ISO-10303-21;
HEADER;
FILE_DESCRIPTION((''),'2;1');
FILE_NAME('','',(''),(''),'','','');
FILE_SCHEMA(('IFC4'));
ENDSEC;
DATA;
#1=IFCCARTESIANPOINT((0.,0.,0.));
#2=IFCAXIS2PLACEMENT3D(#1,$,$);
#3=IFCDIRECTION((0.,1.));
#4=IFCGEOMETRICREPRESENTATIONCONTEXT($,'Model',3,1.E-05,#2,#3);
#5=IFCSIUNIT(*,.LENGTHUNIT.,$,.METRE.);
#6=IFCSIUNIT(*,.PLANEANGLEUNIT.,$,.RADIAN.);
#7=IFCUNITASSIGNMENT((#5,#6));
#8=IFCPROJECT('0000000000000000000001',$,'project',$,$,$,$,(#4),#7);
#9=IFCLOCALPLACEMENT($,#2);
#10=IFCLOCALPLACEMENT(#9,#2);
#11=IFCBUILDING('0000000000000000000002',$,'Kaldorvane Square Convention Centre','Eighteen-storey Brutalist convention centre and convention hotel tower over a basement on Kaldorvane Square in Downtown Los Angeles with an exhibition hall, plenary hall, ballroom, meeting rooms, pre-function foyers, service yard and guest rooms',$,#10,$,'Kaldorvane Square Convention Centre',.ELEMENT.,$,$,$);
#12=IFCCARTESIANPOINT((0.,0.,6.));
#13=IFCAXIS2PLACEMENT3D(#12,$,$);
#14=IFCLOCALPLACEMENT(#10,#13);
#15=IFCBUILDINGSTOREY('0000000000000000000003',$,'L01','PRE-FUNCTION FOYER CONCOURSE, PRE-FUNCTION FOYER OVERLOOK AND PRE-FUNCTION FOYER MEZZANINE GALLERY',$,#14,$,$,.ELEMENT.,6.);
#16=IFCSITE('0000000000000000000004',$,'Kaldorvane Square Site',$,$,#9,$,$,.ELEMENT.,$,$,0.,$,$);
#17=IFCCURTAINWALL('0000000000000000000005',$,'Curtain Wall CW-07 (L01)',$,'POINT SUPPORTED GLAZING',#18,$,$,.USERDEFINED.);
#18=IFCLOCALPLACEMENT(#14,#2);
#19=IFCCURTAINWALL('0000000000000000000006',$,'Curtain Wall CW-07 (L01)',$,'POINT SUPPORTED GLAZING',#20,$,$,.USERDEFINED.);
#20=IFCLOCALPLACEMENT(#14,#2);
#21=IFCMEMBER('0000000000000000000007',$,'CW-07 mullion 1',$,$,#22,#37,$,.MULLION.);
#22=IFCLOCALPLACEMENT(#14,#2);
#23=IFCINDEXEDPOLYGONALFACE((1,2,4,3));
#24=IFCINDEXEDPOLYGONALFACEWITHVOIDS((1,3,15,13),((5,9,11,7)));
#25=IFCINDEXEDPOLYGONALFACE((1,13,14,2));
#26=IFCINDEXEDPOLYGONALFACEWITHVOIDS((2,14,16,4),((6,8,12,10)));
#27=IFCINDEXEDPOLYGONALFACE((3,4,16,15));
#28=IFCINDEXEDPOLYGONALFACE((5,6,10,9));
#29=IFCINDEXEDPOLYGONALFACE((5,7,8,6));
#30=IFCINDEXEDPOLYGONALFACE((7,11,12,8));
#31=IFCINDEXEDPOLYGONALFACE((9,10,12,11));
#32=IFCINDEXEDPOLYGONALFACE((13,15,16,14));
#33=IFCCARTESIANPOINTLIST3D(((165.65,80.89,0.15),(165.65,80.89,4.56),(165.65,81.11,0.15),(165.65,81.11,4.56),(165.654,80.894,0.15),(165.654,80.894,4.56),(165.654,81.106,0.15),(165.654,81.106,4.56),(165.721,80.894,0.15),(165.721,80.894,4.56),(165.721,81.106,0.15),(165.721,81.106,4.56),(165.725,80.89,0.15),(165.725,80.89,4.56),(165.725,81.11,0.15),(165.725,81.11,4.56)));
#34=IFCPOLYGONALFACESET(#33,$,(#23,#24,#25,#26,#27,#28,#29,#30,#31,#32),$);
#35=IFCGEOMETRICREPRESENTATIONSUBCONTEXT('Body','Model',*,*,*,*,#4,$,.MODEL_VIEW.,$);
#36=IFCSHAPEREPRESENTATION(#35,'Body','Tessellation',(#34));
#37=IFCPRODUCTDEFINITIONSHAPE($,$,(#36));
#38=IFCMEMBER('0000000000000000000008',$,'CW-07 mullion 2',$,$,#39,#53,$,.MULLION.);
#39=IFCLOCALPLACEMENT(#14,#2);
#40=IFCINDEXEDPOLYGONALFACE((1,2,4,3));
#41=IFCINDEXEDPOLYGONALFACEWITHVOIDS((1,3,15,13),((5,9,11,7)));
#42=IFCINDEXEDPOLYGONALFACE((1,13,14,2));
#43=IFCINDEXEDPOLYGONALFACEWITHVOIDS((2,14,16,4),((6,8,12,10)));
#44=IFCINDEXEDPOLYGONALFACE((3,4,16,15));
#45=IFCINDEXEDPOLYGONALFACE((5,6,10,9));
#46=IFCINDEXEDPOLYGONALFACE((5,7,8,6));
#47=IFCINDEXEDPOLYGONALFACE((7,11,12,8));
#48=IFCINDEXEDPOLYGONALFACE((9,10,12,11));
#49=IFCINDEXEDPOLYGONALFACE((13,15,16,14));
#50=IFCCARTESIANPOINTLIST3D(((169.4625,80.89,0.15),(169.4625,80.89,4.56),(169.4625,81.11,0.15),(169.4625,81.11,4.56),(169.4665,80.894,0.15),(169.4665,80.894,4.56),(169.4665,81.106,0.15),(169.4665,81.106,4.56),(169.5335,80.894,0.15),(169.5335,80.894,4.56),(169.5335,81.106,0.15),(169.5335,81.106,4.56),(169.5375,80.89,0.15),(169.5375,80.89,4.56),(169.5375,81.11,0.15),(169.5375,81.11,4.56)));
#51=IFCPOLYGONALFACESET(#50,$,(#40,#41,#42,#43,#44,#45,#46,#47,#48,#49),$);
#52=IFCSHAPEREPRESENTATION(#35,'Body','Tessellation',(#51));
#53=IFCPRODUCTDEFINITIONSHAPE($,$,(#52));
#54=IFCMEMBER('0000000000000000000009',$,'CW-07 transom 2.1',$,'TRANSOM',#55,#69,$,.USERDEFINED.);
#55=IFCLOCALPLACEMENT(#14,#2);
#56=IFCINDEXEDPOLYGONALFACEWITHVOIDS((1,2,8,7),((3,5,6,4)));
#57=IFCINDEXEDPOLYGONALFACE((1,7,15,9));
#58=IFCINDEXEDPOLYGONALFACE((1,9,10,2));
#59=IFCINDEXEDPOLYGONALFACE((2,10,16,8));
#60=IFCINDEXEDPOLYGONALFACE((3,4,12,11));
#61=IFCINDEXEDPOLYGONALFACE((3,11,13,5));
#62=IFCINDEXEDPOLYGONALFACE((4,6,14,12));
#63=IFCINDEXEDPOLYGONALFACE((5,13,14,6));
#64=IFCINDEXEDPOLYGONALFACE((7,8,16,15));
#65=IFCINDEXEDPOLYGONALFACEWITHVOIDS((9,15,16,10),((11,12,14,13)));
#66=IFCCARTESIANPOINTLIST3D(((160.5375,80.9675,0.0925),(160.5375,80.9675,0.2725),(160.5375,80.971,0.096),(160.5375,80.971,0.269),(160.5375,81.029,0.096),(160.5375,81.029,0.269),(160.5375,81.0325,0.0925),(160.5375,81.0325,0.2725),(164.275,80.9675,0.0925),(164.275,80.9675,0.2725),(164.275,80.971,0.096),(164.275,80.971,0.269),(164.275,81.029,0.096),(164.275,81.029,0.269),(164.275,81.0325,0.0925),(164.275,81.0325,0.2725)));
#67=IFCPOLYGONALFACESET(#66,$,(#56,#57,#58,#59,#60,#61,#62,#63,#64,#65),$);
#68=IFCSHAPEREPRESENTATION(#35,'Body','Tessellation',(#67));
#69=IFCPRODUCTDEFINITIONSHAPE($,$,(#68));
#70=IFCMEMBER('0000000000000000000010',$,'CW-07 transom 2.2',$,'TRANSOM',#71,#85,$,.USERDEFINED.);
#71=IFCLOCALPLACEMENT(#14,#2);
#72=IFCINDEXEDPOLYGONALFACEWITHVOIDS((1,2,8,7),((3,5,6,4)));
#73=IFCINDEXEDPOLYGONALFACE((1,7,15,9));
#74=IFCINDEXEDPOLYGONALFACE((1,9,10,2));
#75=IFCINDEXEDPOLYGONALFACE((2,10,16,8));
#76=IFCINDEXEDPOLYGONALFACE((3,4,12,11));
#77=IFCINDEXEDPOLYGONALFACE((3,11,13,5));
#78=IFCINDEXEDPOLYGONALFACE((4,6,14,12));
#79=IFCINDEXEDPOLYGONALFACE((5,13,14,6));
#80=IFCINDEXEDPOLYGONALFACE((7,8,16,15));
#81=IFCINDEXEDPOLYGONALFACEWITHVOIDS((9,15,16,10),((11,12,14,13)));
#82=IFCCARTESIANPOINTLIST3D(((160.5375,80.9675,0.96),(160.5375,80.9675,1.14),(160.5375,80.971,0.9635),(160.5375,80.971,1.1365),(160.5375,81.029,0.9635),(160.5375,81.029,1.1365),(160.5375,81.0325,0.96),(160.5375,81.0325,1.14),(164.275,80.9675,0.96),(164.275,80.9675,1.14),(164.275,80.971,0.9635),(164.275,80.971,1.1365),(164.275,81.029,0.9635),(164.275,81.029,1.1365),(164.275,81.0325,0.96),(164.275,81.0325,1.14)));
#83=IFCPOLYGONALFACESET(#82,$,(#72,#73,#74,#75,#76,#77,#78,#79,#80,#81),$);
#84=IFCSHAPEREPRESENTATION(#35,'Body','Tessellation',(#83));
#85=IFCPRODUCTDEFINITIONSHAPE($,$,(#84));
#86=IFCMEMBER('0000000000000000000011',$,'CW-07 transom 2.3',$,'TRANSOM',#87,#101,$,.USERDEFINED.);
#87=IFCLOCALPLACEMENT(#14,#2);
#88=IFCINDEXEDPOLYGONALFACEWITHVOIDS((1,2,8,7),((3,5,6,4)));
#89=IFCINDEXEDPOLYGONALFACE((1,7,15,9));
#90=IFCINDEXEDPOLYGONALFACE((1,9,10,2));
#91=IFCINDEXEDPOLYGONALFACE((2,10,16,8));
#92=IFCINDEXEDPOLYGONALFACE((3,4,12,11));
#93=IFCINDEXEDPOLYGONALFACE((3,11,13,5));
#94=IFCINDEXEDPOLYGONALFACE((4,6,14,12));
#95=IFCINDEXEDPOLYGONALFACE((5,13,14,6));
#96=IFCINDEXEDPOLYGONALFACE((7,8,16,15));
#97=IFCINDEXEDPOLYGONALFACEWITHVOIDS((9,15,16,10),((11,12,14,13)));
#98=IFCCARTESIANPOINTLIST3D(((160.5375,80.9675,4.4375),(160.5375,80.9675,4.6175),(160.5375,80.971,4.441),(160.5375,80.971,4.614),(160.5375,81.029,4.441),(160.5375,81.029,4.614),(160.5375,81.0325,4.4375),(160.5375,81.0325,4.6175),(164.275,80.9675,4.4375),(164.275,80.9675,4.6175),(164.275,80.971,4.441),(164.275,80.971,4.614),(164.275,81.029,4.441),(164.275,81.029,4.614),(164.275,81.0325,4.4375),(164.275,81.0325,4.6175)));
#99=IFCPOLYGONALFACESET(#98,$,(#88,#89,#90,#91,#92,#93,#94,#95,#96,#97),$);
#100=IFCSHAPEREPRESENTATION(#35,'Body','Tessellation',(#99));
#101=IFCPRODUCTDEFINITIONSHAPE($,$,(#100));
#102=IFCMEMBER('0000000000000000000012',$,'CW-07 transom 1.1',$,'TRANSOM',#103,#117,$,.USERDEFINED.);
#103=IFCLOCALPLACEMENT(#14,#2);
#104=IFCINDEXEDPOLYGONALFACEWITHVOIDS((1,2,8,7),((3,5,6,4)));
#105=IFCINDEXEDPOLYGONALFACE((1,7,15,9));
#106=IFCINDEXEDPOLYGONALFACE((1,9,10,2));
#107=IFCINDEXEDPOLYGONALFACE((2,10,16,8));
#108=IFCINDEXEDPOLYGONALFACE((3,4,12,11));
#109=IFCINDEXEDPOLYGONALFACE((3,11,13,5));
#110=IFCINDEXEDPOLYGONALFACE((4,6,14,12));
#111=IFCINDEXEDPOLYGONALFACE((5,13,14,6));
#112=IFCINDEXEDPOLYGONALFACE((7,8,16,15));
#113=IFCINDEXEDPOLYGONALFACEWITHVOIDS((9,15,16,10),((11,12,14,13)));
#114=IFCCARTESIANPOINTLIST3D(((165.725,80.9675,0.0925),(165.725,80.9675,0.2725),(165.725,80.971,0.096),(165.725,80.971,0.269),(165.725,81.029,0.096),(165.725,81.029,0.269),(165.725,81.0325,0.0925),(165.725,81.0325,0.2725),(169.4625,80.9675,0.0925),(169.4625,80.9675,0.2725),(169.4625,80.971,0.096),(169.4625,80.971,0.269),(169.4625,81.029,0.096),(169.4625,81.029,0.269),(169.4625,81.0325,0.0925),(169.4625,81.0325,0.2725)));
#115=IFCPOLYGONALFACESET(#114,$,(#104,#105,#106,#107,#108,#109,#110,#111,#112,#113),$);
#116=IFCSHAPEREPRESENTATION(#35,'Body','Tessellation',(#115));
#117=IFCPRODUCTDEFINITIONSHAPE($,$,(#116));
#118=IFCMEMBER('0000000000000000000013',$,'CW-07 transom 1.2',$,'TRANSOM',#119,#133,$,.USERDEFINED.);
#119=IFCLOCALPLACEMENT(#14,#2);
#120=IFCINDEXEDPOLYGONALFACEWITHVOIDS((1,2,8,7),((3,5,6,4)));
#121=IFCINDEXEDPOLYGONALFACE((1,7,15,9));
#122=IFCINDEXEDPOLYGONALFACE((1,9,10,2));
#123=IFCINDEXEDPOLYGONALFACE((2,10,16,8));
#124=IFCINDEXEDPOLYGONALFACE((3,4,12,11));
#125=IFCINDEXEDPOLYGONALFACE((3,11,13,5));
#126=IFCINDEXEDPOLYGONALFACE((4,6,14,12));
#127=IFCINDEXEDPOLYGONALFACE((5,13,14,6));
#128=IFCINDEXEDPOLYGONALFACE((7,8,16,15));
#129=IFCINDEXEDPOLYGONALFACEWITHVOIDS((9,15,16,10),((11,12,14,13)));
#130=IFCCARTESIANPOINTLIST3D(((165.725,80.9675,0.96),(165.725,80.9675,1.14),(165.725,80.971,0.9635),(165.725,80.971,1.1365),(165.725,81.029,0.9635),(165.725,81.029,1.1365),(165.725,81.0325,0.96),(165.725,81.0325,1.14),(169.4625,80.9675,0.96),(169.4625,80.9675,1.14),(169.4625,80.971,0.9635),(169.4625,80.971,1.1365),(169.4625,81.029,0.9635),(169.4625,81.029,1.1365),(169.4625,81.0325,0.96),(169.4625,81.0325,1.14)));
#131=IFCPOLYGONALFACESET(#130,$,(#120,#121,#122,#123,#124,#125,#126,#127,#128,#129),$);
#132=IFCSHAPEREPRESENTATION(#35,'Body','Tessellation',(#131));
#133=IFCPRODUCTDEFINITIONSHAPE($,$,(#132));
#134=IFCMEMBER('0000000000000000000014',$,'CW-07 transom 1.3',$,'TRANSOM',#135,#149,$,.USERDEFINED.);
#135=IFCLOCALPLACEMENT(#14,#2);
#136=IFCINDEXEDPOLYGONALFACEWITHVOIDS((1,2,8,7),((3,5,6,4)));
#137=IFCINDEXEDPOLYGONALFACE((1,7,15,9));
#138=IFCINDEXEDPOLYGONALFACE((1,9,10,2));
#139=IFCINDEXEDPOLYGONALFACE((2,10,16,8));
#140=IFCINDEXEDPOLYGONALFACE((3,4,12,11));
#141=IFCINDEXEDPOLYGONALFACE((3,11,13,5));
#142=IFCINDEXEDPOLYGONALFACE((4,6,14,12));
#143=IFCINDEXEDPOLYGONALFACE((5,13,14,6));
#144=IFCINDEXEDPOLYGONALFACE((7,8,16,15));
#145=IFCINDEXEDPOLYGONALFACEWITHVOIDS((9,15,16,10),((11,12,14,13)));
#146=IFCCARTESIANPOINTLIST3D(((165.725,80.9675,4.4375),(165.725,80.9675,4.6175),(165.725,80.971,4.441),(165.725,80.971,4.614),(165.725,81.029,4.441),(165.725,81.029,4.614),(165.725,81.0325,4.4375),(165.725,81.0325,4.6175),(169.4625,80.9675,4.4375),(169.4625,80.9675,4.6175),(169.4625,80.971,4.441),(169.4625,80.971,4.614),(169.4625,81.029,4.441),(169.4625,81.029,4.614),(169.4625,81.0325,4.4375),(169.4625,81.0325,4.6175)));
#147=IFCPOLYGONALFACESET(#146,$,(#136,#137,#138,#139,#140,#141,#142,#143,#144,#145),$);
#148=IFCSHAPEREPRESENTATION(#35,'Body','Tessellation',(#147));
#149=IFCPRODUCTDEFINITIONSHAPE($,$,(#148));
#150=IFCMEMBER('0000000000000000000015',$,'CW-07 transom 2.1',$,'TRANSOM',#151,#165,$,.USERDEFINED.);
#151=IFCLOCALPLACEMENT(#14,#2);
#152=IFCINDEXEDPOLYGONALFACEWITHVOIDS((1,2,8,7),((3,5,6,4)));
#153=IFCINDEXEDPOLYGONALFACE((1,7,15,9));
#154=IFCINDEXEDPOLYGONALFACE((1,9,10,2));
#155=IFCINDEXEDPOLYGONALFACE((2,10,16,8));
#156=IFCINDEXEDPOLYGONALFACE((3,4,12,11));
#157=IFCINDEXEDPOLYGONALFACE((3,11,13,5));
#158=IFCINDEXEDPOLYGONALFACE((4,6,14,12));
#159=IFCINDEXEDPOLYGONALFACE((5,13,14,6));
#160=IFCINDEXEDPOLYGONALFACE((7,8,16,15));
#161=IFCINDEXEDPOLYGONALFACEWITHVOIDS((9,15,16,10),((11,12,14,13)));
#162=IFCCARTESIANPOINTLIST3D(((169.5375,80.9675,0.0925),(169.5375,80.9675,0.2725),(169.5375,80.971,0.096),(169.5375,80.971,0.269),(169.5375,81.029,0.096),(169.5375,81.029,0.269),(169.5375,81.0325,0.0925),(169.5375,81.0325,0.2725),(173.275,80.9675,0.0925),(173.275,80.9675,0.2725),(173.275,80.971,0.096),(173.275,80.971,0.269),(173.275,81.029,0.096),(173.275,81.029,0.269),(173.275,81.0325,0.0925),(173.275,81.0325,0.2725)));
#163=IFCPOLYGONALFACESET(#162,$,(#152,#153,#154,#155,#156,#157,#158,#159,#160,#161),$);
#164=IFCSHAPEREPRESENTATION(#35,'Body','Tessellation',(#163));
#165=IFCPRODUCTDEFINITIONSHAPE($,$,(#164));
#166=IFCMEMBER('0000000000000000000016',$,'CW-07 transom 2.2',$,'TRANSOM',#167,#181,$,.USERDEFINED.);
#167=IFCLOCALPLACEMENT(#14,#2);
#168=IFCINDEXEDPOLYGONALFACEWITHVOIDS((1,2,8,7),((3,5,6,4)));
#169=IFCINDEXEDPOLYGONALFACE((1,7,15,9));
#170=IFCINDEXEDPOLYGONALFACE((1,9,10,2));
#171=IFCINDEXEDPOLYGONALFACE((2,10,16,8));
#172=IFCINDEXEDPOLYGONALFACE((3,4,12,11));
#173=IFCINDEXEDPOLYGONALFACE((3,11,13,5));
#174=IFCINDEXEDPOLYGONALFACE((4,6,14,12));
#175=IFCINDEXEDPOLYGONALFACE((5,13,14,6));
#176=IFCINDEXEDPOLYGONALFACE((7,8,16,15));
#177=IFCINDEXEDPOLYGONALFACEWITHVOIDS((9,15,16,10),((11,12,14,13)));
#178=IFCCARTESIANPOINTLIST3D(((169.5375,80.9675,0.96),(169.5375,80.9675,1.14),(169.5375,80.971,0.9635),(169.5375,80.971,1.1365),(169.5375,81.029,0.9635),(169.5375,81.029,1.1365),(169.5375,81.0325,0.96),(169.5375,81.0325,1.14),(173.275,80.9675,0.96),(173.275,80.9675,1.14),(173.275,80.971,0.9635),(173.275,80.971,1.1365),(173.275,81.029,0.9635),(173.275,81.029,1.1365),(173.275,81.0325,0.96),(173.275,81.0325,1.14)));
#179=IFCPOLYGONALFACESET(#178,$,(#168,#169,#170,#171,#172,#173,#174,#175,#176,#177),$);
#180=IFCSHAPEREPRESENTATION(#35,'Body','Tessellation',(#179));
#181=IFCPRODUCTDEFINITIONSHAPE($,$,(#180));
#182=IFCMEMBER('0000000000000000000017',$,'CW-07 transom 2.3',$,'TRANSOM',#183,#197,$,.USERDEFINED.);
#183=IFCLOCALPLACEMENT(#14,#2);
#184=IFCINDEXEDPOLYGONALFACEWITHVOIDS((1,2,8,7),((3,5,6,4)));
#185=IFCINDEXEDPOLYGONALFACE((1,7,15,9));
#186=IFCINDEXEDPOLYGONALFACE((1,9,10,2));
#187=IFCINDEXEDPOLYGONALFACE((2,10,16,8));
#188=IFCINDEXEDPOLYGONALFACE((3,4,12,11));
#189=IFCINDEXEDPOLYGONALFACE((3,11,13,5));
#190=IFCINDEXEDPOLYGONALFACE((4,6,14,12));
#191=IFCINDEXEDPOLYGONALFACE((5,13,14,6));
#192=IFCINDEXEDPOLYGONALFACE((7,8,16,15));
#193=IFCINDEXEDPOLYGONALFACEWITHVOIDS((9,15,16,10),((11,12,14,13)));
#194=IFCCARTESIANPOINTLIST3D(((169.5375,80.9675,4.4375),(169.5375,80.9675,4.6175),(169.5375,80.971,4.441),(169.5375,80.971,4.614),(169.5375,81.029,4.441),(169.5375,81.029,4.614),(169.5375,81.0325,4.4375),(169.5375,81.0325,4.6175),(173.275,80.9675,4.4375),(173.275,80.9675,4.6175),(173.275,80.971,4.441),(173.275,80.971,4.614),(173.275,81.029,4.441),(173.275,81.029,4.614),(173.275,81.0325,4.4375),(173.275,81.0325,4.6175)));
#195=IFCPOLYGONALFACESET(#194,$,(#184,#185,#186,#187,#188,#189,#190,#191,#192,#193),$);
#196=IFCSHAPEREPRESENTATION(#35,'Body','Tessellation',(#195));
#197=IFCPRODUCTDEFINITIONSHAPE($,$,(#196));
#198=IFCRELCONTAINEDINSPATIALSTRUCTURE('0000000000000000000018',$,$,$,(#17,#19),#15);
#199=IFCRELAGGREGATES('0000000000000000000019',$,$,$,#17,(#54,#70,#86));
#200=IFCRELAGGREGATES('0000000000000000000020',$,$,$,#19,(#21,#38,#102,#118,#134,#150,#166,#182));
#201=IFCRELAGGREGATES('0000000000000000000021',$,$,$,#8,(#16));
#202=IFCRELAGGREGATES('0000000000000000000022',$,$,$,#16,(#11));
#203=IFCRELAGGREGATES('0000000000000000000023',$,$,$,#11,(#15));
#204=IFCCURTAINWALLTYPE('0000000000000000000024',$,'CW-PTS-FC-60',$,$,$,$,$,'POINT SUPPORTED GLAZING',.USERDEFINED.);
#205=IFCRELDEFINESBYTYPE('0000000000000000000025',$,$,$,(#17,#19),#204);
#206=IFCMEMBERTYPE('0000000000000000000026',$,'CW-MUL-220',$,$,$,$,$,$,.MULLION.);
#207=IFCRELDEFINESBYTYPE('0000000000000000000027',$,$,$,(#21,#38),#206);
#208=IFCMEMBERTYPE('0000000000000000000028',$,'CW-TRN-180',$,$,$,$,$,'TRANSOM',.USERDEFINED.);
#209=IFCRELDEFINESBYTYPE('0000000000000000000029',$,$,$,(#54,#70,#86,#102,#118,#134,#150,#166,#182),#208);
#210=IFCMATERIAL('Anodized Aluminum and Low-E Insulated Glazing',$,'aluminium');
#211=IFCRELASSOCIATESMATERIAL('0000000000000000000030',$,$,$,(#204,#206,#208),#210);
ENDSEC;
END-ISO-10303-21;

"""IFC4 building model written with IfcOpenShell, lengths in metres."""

from ifc_helpers import new_model, si_unit, direction, frame, origin, origin_2d, place, context, subcontext, project, spatial, hollow_rectangle, extrude, material, material_profile, profile_set, type_object, element, aggregate, save


model = new_model("IFC4")

# Units and contexts
model_context = context("Model", 3, precision=1e-05, world=origin(), true_north=direction((0.0, 1.0)))
body_context = subcontext(model_context, "Body", "Model", "MODEL_VIEW")
ifc_project = project(units=[si_unit("LENGTHUNIT", "METRE"), si_unit("PLANEANGLEUNIT", "RADIAN")], contexts=[model_context])

# Site, building, storey
site_placement = place(None, origin())
site = spatial("IfcSite", under=ifc_project, at=site_placement, Name="Kaldorvane Square Site", CompositionType="ELEMENT", RefElevation=0.0)
building_placement = place(site_placement, origin())
building = spatial("IfcBuilding", under=site, at=building_placement, Name="Kaldorvane Square Convention Centre", Description="Eighteen-storey Brutalist convention centre and convention hotel tower over a basement on Kaldorvane Square in Downtown Los Angeles with an exhibition hall, plenary hall, ballroom, meeting rooms, pre-function foyers, service yard and guest rooms", LongName="Kaldorvane Square Convention Centre", CompositionType="ELEMENT")
storey_placement = place(building_placement, frame((0.0, 0.0, 6.0)))
storey = spatial("IfcBuildingStorey", under=building, at=storey_placement, Name="L01", Description="PRE-FUNCTION FOYER CONCOURSE, PRE-FUNCTION FOYER OVERLOOK AND PRE-FUNCTION FOYER MEZZANINE GALLERY", CompositionType="ELEMENT", Elevation=6.0)

# Curtain walls, members
ifc_material_1 = material(Name="Anodized Aluminum and Low-E Insulated Glazing", Category="aluminium")
curtain_wall_type = type_object("IfcCurtainWallType", Name="CW-PTS-FC-60", ElementType="POINT SUPPORTED GLAZING", PredefinedType="USERDEFINED", material=ifc_material_1)
curtain_wall_1_placement = place(storey_placement, origin())
curtain_wall_1 = element("IfcCurtainWall", 1, at=curtain_wall_1_placement, inside=storey, type_object=curtain_wall_type, Name="Curtain Wall CW-07 (L01)", ObjectType="POINT SUPPORTED GLAZING", PredefinedType="USERDEFINED")
ifc_material_profile_1 = material_profile(ifc_material_1, hollow_rectangle(XDim=0.075, YDim=0.22, WallThickness=0.004, at=origin_2d()), Name="CWM-220X75")
ifc_profile_set_1 = profile_set([ifc_material_profile_1], Name="Anodized Aluminum and Low-E Insulated Glazing")
member_type_1 = type_object("IfcMemberType", Name="CW-MUL-220", PredefinedType="MULLION", material=ifc_profile_set_1)
curtain_wall_2_placement = place(storey_placement, origin())
curtain_wall_2 = element("IfcCurtainWall", 2, at=curtain_wall_2_placement, inside=storey, type_object=curtain_wall_type, Name="Curtain Wall CW-07 (L01)", ObjectType="POINT SUPPORTED GLAZING", PredefinedType="USERDEFINED")
member_1_placement = place(storey_placement, frame((165.6875, 81.0, 0.15), z_axis=(0.0, 0.0, 1.0), x_axis=(1.0, 0.0, 0.0)))
member_1 = element("IfcMember", 3, at=member_1_placement, type_object=member_type_1, Name="CW-07 mullion 1", PredefinedType="MULLION", context=body_context, shape_type="SweptSolid", body=[
    extrude(hollow_rectangle(XDim=0.075, YDim=0.22, WallThickness=0.004, at=origin_2d()), origin(), (0.0, 0.0, 1.0), 4.41),
])
member_2_placement = place(storey_placement, frame((169.5, 81.0, 0.15), z_axis=(0.0, 0.0, 1.0), x_axis=(1.0, 0.0, 0.0)))
member_2 = element("IfcMember", 4, at=member_2_placement, type_object=member_type_1, Name="CW-07 mullion 2", PredefinedType="MULLION", context=body_context, shape_type="SweptSolid", body=[
    extrude(hollow_rectangle(XDim=0.075, YDim=0.22, WallThickness=0.004, at=origin_2d()), origin(), (0.0, 0.0, 1.0), 4.41),
])

# Members
ifc_material_profile_2 = material_profile(ifc_material_1, hollow_rectangle(XDim=0.065, YDim=0.18, WallThickness=0.0035, at=origin_2d()), Name="CWT-180X65")
ifc_profile_set_2 = profile_set([ifc_material_profile_2], Name="Anodized Aluminum and Low-E Insulated Glazing")
member_type_2 = type_object("IfcMemberType", Name="CW-TRN-180", ElementType="TRANSOM", PredefinedType="USERDEFINED", material=ifc_profile_set_2)
member_3_placement = place(storey_placement, frame((160.5375, 81.0, 0.1825), z_axis=(1.0, 0.0, 0.0), x_axis=(0.0, 1.0, 0.0)))
member_3 = element("IfcMember", 5, at=member_3_placement, type_object=member_type_2, Name="CW-07 transom 2.1", ObjectType="TRANSOM", PredefinedType="USERDEFINED", context=body_context, shape_type="SweptSolid", body=[
    extrude(hollow_rectangle(XDim=0.065, YDim=0.18, WallThickness=0.0035, at=origin_2d()), origin(), (0.0, 0.0, 1.0), 3.7375),
])
member_4_placement = place(storey_placement, frame((160.5375, 81.0, 1.05), z_axis=(1.0, 0.0, 0.0), x_axis=(0.0, 1.0, 0.0)))
member_4 = element("IfcMember", 6, at=member_4_placement, type_object=member_type_2, Name="CW-07 transom 2.2", ObjectType="TRANSOM", PredefinedType="USERDEFINED", context=body_context, shape_type="SweptSolid", body=[
    extrude(hollow_rectangle(XDim=0.065, YDim=0.18, WallThickness=0.0035, at=origin_2d()), origin(), (0.0, 0.0, 1.0), 3.7375),
])
member_5_placement = place(storey_placement, frame((160.5375, 81.0, 4.5275), z_axis=(1.0, 0.0, 0.0), x_axis=(0.0, 1.0, 0.0)))
member_5 = element("IfcMember", 7, at=member_5_placement, type_object=member_type_2, Name="CW-07 transom 2.3", ObjectType="TRANSOM", PredefinedType="USERDEFINED", context=body_context, shape_type="SweptSolid", body=[
    extrude(hollow_rectangle(XDim=0.065, YDim=0.18, WallThickness=0.0035, at=origin_2d()), origin(), (0.0, 0.0, 1.0), 3.7375),
])
member_6_placement = place(storey_placement, frame((165.725, 81.0, 0.1825), z_axis=(1.0, 0.0, 0.0), x_axis=(0.0, 1.0, 0.0)))
member_6 = element("IfcMember", 8, at=member_6_placement, type_object=member_type_2, Name="CW-07 transom 1.1", ObjectType="TRANSOM", PredefinedType="USERDEFINED", context=body_context, shape_type="SweptSolid", body=[
    extrude(hollow_rectangle(XDim=0.065, YDim=0.18, WallThickness=0.0035, at=origin_2d()), origin(), (0.0, 0.0, 1.0), 3.7375),
])
member_7_placement = place(storey_placement, frame((165.725, 81.0, 1.05), z_axis=(1.0, 0.0, 0.0), x_axis=(0.0, 1.0, 0.0)))
member_7 = element("IfcMember", 9, at=member_7_placement, type_object=member_type_2, Name="CW-07 transom 1.2", ObjectType="TRANSOM", PredefinedType="USERDEFINED", context=body_context, shape_type="SweptSolid", body=[
    extrude(hollow_rectangle(XDim=0.065, YDim=0.18, WallThickness=0.0035, at=origin_2d()), origin(), (0.0, 0.0, 1.0), 3.7375),
])
member_8_placement = place(storey_placement, frame((165.725, 81.0, 4.5275), z_axis=(1.0, 0.0, 0.0), x_axis=(0.0, 1.0, 0.0)))
member_8 = element("IfcMember", 10, at=member_8_placement, type_object=member_type_2, Name="CW-07 transom 1.3", ObjectType="TRANSOM", PredefinedType="USERDEFINED", context=body_context, shape_type="SweptSolid", body=[
    extrude(hollow_rectangle(XDim=0.065, YDim=0.18, WallThickness=0.0035, at=origin_2d()), origin(), (0.0, 0.0, 1.0), 3.7375),
])
member_9_placement = place(storey_placement, frame((169.5375, 81.0, 0.1825), z_axis=(1.0, 0.0, 0.0), x_axis=(0.0, 1.0, 0.0)))
member_9 = element("IfcMember", 11, at=member_9_placement, type_object=member_type_2, Name="CW-07 transom 2.1", ObjectType="TRANSOM", PredefinedType="USERDEFINED", context=body_context, shape_type="SweptSolid", body=[
    extrude(hollow_rectangle(XDim=0.065, YDim=0.18, WallThickness=0.0035, at=origin_2d()), origin(), (0.0, 0.0, 1.0), 3.7375),
])
member_10_placement = place(storey_placement, frame((169.5375, 81.0, 1.05), z_axis=(1.0, 0.0, 0.0), x_axis=(0.0, 1.0, 0.0)))
member_10 = element("IfcMember", 12, at=member_10_placement, type_object=member_type_2, Name="CW-07 transom 2.2", ObjectType="TRANSOM", PredefinedType="USERDEFINED", context=body_context, shape_type="SweptSolid", body=[
    extrude(hollow_rectangle(XDim=0.065, YDim=0.18, WallThickness=0.0035, at=origin_2d()), origin(), (0.0, 0.0, 1.0), 3.7375),
])
member_11_placement = place(storey_placement, frame((169.5375, 81.0, 4.5275), z_axis=(1.0, 0.0, 0.0), x_axis=(0.0, 1.0, 0.0)))
member_11 = element("IfcMember", 13, at=member_11_placement, type_object=member_type_2, Name="CW-07 transom 2.3", ObjectType="TRANSOM", PredefinedType="USERDEFINED", context=body_context, shape_type="SweptSolid", body=[
    extrude(hollow_rectangle(XDim=0.065, YDim=0.18, WallThickness=0.0035, at=origin_2d()), origin(), (0.0, 0.0, 1.0), 3.7375),
])

aggregate(curtain_wall_1, [member_3, member_4, member_5])
aggregate(curtain_wall_2, [member_1, member_2, member_6, member_7, member_8, member_9, member_10, member_11])

save(model, "model.ifc")
